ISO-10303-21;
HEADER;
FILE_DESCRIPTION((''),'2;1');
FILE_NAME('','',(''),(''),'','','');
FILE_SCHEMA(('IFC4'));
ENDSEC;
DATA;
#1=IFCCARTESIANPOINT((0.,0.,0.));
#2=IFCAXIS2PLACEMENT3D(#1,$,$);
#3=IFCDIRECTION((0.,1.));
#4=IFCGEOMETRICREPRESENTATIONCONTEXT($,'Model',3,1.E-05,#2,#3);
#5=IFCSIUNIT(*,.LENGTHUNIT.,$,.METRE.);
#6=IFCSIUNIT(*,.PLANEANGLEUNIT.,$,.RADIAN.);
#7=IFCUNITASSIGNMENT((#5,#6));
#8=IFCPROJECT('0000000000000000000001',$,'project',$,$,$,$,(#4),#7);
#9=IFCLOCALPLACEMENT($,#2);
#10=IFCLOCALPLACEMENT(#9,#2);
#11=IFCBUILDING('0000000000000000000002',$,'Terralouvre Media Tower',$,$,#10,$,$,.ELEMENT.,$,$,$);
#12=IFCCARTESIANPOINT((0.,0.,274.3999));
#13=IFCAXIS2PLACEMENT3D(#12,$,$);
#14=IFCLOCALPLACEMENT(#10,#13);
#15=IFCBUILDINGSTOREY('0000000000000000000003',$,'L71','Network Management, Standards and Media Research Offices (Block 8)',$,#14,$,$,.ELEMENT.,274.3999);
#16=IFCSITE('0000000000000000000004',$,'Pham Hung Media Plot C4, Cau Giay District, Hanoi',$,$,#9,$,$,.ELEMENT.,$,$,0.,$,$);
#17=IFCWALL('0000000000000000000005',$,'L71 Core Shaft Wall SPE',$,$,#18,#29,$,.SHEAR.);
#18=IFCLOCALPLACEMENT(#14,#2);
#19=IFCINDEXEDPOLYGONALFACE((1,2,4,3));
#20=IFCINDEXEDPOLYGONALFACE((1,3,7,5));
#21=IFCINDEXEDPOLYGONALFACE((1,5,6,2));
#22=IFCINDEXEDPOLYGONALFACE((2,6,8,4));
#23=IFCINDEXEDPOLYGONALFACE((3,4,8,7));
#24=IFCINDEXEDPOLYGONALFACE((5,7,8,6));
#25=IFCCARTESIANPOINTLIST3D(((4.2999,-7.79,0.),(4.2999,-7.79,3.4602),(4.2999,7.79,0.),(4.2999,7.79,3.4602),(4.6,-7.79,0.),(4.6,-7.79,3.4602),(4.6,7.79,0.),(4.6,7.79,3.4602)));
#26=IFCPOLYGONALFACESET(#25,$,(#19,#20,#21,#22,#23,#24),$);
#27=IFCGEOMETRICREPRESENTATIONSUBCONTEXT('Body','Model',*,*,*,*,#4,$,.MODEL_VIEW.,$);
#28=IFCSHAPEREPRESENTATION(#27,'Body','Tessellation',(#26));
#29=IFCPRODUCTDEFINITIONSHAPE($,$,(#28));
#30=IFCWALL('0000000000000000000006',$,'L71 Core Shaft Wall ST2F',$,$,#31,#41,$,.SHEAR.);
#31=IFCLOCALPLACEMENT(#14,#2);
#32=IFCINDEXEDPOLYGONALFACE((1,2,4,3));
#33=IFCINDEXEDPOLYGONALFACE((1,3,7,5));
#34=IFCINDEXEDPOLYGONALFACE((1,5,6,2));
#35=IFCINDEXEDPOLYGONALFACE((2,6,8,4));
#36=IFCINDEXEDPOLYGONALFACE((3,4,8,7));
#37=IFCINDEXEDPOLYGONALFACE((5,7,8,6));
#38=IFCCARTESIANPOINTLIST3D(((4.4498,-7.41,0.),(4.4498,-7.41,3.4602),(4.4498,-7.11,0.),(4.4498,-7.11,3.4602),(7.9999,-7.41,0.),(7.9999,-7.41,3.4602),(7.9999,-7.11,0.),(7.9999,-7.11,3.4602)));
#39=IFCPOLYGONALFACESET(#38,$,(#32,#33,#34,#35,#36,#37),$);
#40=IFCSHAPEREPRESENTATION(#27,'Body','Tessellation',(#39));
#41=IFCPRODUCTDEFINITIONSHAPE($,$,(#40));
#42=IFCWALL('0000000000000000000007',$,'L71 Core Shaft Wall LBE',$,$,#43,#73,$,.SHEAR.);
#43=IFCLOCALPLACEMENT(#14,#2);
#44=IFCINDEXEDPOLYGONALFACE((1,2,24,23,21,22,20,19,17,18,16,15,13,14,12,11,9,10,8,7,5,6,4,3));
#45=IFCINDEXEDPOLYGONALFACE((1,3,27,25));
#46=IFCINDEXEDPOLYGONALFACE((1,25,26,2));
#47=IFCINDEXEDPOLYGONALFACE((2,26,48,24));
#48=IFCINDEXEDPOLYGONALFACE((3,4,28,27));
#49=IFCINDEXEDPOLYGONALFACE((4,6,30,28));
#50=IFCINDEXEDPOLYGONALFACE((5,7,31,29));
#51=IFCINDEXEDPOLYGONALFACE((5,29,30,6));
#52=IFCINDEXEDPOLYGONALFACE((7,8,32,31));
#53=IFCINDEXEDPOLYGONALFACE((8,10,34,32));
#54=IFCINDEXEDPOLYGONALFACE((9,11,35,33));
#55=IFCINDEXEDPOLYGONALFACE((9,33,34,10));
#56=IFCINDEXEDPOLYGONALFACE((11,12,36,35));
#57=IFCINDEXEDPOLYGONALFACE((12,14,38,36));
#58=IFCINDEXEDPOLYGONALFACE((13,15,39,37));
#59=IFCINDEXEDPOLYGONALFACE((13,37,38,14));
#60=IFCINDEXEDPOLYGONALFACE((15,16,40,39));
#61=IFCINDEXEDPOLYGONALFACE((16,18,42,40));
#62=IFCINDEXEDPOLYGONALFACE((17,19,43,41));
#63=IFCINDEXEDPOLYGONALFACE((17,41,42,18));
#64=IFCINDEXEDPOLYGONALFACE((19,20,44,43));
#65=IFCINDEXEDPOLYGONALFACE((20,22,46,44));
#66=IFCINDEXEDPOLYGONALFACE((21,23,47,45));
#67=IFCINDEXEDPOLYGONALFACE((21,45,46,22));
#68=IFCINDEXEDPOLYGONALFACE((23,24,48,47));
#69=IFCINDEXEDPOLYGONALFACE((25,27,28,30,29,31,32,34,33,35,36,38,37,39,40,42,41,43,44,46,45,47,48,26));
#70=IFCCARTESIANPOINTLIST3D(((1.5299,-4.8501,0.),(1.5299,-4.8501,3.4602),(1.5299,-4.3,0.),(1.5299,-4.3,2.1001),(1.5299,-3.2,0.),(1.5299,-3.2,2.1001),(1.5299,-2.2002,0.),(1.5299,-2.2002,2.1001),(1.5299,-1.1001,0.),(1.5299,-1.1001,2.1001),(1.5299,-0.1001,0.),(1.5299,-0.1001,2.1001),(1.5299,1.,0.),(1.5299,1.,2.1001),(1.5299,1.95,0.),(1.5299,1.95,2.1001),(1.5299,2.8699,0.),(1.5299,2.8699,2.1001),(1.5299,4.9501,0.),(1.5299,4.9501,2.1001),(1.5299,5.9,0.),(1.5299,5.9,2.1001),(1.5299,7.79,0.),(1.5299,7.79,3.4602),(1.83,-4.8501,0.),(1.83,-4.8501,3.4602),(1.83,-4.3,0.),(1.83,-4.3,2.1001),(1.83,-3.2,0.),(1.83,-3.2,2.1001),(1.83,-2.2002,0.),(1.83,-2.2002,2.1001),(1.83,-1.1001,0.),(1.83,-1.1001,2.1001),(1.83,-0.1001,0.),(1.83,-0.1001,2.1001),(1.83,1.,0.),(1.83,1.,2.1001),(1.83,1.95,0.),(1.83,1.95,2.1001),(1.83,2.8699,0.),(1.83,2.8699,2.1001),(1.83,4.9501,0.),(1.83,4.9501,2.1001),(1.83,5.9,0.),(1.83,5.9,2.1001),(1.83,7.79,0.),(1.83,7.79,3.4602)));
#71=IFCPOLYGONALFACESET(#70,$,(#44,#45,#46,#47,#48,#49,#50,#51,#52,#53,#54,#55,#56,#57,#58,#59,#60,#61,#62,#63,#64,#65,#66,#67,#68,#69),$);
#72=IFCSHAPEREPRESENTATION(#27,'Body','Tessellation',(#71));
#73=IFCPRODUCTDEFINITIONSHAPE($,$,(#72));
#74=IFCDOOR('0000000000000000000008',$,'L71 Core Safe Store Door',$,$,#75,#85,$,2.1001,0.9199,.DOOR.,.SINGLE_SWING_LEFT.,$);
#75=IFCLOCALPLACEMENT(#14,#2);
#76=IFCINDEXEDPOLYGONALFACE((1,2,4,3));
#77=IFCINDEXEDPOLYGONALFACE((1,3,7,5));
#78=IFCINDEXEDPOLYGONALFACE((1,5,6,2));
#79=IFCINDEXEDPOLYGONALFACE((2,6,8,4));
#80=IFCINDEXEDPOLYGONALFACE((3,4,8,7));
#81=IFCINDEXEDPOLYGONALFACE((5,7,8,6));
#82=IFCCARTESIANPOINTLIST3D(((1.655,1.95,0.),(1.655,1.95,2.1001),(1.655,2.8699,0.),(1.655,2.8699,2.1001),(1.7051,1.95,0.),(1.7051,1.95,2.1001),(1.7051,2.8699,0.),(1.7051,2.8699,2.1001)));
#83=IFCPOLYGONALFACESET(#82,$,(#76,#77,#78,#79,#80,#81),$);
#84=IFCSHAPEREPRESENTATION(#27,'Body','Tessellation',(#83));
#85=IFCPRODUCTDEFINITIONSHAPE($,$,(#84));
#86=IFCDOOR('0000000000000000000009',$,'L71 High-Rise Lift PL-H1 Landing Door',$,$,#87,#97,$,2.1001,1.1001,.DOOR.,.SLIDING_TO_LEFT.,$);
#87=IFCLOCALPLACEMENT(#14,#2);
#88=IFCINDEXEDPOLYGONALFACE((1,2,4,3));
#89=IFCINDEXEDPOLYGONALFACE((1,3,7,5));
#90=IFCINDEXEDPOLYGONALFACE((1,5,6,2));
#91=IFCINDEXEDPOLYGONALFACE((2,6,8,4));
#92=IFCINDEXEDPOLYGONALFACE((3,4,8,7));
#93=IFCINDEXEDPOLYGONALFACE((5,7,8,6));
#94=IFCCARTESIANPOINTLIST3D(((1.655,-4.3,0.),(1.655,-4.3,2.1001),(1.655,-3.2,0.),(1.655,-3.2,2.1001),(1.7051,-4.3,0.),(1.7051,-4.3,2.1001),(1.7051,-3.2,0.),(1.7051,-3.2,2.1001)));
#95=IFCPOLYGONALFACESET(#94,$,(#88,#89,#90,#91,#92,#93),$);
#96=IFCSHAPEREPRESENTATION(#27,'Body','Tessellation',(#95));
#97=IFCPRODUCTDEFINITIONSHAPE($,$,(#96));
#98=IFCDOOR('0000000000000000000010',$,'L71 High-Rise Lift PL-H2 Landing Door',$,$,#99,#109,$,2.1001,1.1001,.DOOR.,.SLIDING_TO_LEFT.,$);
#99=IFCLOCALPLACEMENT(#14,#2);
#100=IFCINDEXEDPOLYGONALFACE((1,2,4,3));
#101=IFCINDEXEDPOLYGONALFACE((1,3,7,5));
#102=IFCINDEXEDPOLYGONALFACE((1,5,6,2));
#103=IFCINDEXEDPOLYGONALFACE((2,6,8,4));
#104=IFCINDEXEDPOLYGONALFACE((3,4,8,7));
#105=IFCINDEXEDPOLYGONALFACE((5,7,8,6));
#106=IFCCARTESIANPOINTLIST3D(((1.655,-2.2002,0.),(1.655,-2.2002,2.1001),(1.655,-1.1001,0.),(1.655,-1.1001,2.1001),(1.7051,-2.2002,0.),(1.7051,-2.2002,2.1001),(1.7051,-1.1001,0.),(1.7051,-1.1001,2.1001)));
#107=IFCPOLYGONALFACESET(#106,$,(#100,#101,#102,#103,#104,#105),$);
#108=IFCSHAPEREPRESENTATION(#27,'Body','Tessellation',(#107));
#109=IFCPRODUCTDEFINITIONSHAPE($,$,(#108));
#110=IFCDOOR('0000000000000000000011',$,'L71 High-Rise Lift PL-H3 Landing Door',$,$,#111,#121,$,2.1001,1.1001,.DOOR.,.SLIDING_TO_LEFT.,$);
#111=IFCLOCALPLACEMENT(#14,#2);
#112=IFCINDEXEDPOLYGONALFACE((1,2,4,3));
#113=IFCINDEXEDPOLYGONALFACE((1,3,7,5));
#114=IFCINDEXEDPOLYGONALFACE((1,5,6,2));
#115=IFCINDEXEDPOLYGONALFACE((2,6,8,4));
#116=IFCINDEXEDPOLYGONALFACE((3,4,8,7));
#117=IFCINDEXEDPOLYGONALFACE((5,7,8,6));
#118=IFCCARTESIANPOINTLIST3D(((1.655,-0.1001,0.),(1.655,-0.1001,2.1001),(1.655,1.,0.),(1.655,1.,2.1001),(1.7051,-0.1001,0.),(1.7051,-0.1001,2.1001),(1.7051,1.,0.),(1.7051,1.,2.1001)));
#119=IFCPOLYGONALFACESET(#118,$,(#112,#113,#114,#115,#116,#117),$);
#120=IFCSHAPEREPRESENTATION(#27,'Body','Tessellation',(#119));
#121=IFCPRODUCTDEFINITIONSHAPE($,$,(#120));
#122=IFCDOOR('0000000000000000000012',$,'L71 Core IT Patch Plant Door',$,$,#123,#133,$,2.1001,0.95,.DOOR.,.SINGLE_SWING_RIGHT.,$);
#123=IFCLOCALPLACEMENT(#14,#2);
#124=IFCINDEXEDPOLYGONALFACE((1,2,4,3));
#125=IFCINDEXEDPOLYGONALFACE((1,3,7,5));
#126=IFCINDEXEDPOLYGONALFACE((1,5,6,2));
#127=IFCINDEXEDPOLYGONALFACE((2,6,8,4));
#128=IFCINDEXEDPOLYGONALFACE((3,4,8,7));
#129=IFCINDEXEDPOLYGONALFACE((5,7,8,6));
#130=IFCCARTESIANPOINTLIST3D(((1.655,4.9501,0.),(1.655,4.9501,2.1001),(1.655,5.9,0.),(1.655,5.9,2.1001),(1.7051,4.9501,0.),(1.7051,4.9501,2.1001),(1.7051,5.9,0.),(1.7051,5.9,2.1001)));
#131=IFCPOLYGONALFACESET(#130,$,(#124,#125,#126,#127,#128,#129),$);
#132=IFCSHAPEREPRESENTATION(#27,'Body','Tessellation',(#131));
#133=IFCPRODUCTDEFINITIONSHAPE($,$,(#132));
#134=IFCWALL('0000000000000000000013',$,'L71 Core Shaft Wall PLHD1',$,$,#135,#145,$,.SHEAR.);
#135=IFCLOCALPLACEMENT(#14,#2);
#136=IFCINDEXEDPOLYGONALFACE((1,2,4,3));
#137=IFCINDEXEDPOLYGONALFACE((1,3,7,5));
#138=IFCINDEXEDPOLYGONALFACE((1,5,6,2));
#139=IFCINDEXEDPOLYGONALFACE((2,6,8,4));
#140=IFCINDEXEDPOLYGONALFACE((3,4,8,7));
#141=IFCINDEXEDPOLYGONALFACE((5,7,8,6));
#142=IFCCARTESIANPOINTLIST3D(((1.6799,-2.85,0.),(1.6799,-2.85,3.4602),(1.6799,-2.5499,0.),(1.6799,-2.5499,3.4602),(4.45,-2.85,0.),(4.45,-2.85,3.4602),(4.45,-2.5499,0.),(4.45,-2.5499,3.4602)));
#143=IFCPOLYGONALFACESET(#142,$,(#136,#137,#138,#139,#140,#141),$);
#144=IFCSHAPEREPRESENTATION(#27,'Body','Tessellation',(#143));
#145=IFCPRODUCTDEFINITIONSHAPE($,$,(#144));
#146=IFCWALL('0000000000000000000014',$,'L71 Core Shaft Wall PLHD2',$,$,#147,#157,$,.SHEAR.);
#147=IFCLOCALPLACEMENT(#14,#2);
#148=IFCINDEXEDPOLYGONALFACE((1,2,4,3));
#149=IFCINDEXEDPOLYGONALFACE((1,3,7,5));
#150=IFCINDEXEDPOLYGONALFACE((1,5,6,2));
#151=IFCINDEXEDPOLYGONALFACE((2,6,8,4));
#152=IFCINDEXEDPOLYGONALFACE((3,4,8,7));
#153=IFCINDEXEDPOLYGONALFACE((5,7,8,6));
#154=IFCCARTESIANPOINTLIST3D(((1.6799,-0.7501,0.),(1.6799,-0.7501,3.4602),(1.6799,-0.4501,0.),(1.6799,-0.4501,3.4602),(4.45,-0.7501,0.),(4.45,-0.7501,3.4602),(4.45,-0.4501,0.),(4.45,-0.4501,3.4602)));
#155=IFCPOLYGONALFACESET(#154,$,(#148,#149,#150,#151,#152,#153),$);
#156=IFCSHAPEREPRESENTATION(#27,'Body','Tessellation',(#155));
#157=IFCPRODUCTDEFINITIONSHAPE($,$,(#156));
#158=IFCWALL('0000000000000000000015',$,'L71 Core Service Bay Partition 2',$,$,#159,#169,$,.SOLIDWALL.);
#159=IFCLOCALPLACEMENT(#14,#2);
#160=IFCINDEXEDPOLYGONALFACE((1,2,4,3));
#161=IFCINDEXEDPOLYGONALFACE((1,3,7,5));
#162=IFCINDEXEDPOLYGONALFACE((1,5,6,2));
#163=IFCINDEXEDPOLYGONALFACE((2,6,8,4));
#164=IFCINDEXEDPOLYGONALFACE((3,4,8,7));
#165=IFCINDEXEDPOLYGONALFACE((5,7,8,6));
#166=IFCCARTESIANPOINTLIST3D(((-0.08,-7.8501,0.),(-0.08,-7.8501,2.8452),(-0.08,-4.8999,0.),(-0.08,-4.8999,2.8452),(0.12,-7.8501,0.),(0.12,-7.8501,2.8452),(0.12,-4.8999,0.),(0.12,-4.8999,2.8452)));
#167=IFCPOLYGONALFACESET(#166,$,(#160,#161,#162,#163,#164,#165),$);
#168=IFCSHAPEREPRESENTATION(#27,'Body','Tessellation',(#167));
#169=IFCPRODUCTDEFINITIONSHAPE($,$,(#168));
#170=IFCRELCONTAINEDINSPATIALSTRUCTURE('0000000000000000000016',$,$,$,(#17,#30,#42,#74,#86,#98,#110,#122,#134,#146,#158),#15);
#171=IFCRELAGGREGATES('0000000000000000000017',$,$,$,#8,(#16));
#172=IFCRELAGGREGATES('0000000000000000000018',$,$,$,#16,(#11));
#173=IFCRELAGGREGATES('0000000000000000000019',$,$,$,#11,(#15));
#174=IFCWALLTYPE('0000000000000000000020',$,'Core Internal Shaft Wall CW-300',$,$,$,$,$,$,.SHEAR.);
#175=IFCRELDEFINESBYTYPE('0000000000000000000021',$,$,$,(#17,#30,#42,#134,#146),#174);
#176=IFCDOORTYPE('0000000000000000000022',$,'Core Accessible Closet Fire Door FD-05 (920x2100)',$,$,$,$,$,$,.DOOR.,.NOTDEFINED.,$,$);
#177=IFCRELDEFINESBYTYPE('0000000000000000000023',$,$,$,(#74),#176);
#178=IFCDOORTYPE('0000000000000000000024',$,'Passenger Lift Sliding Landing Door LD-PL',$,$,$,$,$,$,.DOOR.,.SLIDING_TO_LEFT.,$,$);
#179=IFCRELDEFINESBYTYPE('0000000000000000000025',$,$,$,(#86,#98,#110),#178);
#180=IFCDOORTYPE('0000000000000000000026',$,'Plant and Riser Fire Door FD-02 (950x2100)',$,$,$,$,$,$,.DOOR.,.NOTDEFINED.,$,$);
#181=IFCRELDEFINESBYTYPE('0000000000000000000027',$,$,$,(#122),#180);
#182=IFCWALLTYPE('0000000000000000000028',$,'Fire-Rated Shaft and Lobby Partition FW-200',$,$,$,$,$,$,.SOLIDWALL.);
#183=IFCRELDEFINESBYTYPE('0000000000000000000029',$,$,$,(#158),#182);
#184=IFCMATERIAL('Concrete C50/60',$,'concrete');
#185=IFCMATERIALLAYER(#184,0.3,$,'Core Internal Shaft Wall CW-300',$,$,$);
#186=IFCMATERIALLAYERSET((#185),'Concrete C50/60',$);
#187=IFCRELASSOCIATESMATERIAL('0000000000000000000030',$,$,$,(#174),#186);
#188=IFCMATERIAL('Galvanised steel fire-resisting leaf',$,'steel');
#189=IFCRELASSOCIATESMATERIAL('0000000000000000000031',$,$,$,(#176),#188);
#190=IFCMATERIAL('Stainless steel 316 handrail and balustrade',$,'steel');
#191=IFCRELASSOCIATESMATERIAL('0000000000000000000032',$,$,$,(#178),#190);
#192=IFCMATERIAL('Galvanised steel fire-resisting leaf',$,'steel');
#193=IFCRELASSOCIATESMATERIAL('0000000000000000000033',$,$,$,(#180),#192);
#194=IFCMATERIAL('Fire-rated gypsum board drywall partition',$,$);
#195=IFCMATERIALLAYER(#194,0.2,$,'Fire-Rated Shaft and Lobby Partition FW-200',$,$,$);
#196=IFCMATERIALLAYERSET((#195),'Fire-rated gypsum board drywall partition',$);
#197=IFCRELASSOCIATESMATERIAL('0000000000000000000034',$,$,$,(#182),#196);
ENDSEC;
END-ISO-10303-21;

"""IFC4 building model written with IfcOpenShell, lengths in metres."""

from ifc_helpers import new_model, si_unit, direction, frame, frame_2d, origin, place, context, subcontext, project, spatial, rectangle, extrude, material, layer, layer_set, type_object, element, fill, save


model = new_model("IFC4")

# Units and contexts
model_context = context("Model", 3, precision=1e-05, world=origin(), true_north=direction((0.0, 1.0)))
body_context = subcontext(model_context, "Body", "Model", "MODEL_VIEW")
ifc_project = project(units=[si_unit("LENGTHUNIT", "METRE"), si_unit("PLANEANGLEUNIT", "RADIAN")], contexts=[model_context])

# Site, building, storey
site_placement = place(None, origin())
site = spatial("IfcSite", under=ifc_project, at=site_placement, Name="Pham Hung Media Plot C4, Cau Giay District, Hanoi", CompositionType="ELEMENT", RefElevation=0.0)
building_placement = place(site_placement, origin())
building = spatial("IfcBuilding", under=site, at=building_placement, Name="Terralouvre Media Tower", CompositionType="ELEMENT")
storey_placement = place(building_placement, frame((0.0, 0.0, 274.3999)))
storey = spatial("IfcBuildingStorey", under=building, at=storey_placement, Name="L71", Description="Network Management, Standards and Media Research Offices (Block 8)", CompositionType="ELEMENT", Elevation=274.3999)

# Wall
ifc_material_1 = material(Name="Concrete C50/60", Category="concrete")
ifc_layer_1 = layer(ifc_material_1, 0.3, Name="Core Internal Shaft Wall CW-300")
ifc_layer_set_1 = layer_set([ifc_layer_1], Name="Concrete C50/60")
wall_type_1 = type_object("IfcWallType", Name="Core Internal Shaft Wall CW-300", PredefinedType="SHEAR", material=ifc_layer_set_1)
wall_1_placement = place(storey_placement, frame((4.45, -7.79, 0.0), z_axis=(0.0, 0.0, 1.0), x_axis=(0.0, 1.0, 0.0)))
element("IfcWall", 1, at=wall_1_placement, inside=storey, type_object=wall_type_1, Name="L71 Core Shaft Wall SPE", PredefinedType="SHEAR", context=body_context, shape_type="SweptSolid", body=[
    extrude(rectangle(XDim=15.5801, YDim=0.3, at=frame_2d((7.79, 0.0))), origin(), (0.0, 0.0, 1.0), 3.4602),
])

# Wall
wall_2_placement = place(storey_placement, frame((4.45, -7.26, 0.0), z_axis=(0.0, 0.0, 1.0), x_axis=(1.0, 0.0, 0.0)))
element("IfcWall", 2, at=wall_2_placement, inside=storey, type_object=wall_type_1, Name="L71 Core Shaft Wall ST2F", PredefinedType="SHEAR", context=body_context, shape_type="SweptSolid", body=[
    extrude(rectangle(XDim=3.55, YDim=0.3, at=frame_2d((1.7749, 0.0))), origin(), (0.0, 0.0, 1.0), 3.4602),
])

# Wall, openings, doors
wall_3_placement = place(storey_placement, frame((1.6799, -4.8501, 0.0), z_axis=(0.0, 0.0, 1.0), x_axis=(0.0, 1.0, 0.0)))
wall_3 = element("IfcWall", 3, at=wall_3_placement, inside=storey, type_object=wall_type_1, Name="L71 Core Shaft Wall LBE", PredefinedType="SHEAR", context=body_context, shape_type="SweptSolid", body=[
    extrude(rectangle(XDim=12.6401, YDim=0.3, at=frame_2d((6.3201, 0.0))), origin(), (0.0, 0.0, 1.0), 3.4602),
])
opening_1_placement = place(wall_3_placement, frame((0.55, 0.0, 0.0)))
opening_1 = element("IfcOpeningElement", 4, at=opening_1_placement, cuts=wall_3, PredefinedType="OPENING", context=body_context, shape_type="SweptSolid", body=[
    extrude(rectangle(XDim=1.1001, YDim=2.1001, at=frame_2d((0.55, 1.05))), frame((0.0, 0.1599, 0.0), z_axis=(0.0, -1.0, 0.0), x_axis=(1.0, 0.0, 0.0)), (0.0, 0.0, 1.0), 0.3201),
])
opening_2_placement = place(wall_3_placement, frame((2.6499, 0.0, 0.0)))
opening_2 = element("IfcOpeningElement", 5, at=opening_2_placement, cuts=wall_3, PredefinedType="OPENING", context=body_context, shape_type="SweptSolid", body=[
    extrude(rectangle(XDim=1.1001, YDim=2.1001, at=frame_2d((0.55, 1.05))), frame((0.0, 0.1599, 0.0), z_axis=(0.0, -1.0, 0.0), x_axis=(1.0, 0.0, 0.0)), (0.0, 0.0, 1.0), 0.3201),
])
opening_3_placement = place(wall_3_placement, frame((4.75, 0.0, 0.0)))
opening_3 = element("IfcOpeningElement", 6, at=opening_3_placement, cuts=wall_3, PredefinedType="OPENING", context=body_context, shape_type="SweptSolid", body=[
    extrude(rectangle(XDim=1.1001, YDim=2.1001, at=frame_2d((0.55, 1.05))), frame((0.0, 0.1599, 0.0), z_axis=(0.0, -1.0, 0.0), x_axis=(1.0, 0.0, 0.0)), (0.0, 0.0, 1.0), 0.3201),
])
opening_4_placement = place(wall_3_placement, frame((6.8, 0.0, 0.0)))
opening_4 = element("IfcOpeningElement", 7, at=opening_4_placement, cuts=wall_3, PredefinedType="OPENING", context=body_context, shape_type="SweptSolid", body=[
    extrude(rectangle(XDim=0.9199, YDim=2.1001, at=frame_2d((0.46, 1.05))), frame((0.0, 0.1599, 0.0), z_axis=(0.0, -1.0, 0.0), x_axis=(1.0, 0.0, 0.0)), (0.0, 0.0, 1.0), 0.3201),
])
opening_5_placement = place(wall_3_placement, frame((9.8, 0.0, 0.0)))
opening_5 = element("IfcOpeningElement", 8, at=opening_5_placement, cuts=wall_3, PredefinedType="OPENING", context=body_context, shape_type="SweptSolid", body=[
    extrude(rectangle(XDim=0.95, YDim=2.1001, at=frame_2d((0.4751, 1.05))), frame((0.0, 0.1599, 0.0), z_axis=(0.0, -1.0, 0.0), x_axis=(1.0, 0.0, 0.0)), (0.0, 0.0, 1.0), 0.3201),
])
ifc_material_2 = material(Name="Galvanised steel fire-resisting leaf", Category="steel")
door_type_1 = type_object("IfcDoorType", Name="Core Accessible Closet Fire Door FD-05 (920x2100)", OperationType="NOTDEFINED", PredefinedType="DOOR", material=ifc_material_2)
door_1_placement = place(opening_4_placement, origin())
door_1 = element("IfcDoor", 9, at=door_1_placement, inside=storey, type_object=door_type_1, Name="L71 Core Safe Store Door", OperationType="SINGLE_SWING_LEFT", OverallHeight=2.1001, OverallWidth=0.9199, PredefinedType="DOOR", context=body_context, shape_type="SweptSolid", body=[
    extrude(rectangle(XDim=0.9199, YDim=2.1001, at=frame_2d((0.46, 1.05))), frame((0.0, 0.0249, 0.0), z_axis=(0.0, -1.0, 0.0), x_axis=(1.0, 0.0, 0.0)), (0.0, 0.0, 1.0), 0.05),
])
fill(opening_4, door_1)
ifc_material_3 = material(Name="Stainless steel 316 handrail and balustrade", Category="steel")
door_type_2 = type_object("IfcDoorType", Name="Passenger Lift Sliding Landing Door LD-PL", OperationType="SLIDING_TO_LEFT", PredefinedType="DOOR", material=ifc_material_3)
door_2_placement = place(opening_1_placement, origin())
door_2 = element("IfcDoor", 10, at=door_2_placement, inside=storey, type_object=door_type_2, Name="L71 High-Rise Lift PL-H1 Landing Door", OperationType="SLIDING_TO_LEFT", OverallHeight=2.1001, OverallWidth=1.1001, PredefinedType="DOOR", context=body_context, shape_type="SweptSolid", body=[
    extrude(rectangle(XDim=1.1001, YDim=2.1001, at=frame_2d((0.55, 1.05))), frame((0.0, 0.0249, 0.0), z_axis=(0.0, -1.0, 0.0), x_axis=(1.0, 0.0, 0.0)), (0.0, 0.0, 1.0), 0.05),
])
fill(opening_1, door_2)
door_3_placement = place(opening_2_placement, origin())
door_3 = element("IfcDoor", 11, at=door_3_placement, inside=storey, type_object=door_type_2, Name="L71 High-Rise Lift PL-H2 Landing Door", OperationType="SLIDING_TO_LEFT", OverallHeight=2.1001, OverallWidth=1.1001, PredefinedType="DOOR", context=body_context, shape_type="SweptSolid", body=[
    extrude(rectangle(XDim=1.1001, YDim=2.1001, at=frame_2d((0.55, 1.05))), frame((0.0, 0.0249, 0.0), z_axis=(0.0, -1.0, 0.0), x_axis=(1.0, 0.0, 0.0)), (0.0, 0.0, 1.0), 0.05),
])
fill(opening_2, door_3)
door_4_placement = place(opening_3_placement, origin())
door_4 = element("IfcDoor", 12, at=door_4_placement, inside=storey, type_object=door_type_2, Name="L71 High-Rise Lift PL-H3 Landing Door", OperationType="SLIDING_TO_LEFT", OverallHeight=2.1001, OverallWidth=1.1001, PredefinedType="DOOR", context=body_context, shape_type="SweptSolid", body=[
    extrude(rectangle(XDim=1.1001, YDim=2.1001, at=frame_2d((0.55, 1.05))), frame((0.0, 0.0249, 0.0), z_axis=(0.0, -1.0, 0.0), x_axis=(1.0, 0.0, 0.0)), (0.0, 0.0, 1.0), 0.05),
])
fill(opening_3, door_4)
ifc_material_4 = material(Name="Galvanised steel fire-resisting leaf", Category="steel")
door_type_3 = type_object("IfcDoorType", Name="Plant and Riser Fire Door FD-02 (950x2100)", OperationType="NOTDEFINED", PredefinedType="DOOR", material=ifc_material_4)
door_5_placement = place(opening_5_placement, origin())
door_5 = element("IfcDoor", 13, at=door_5_placement, inside=storey, type_object=door_type_3, Name="L71 Core IT Patch Plant Door", OperationType="SINGLE_SWING_RIGHT", OverallHeight=2.1001, OverallWidth=0.95, PredefinedType="DOOR", context=body_context, shape_type="SweptSolid", body=[
    extrude(rectangle(XDim=0.95, YDim=2.1001, at=frame_2d((0.4751, 1.05))), frame((0.0, 0.0249, 0.0), z_axis=(0.0, -1.0, 0.0), x_axis=(1.0, 0.0, 0.0)), (0.0, 0.0, 1.0), 0.05),
])
fill(opening_5, door_5)

# Walls
for number, where, z_axis, x_axis, name in (
    (14, (1.6799, -2.7, 0.0), (0.0, 0.0, 1.0), (1.0, 0.0, 0.0), "L71 Core Shaft Wall PLHD1"),
    (15, (1.6799, -0.6001, 0.0), (0.0, 0.0, 1.0), (1.0, 0.0, 0.0), "L71 Core Shaft Wall PLHD2"),
):
    element("IfcWall", number, at=place(storey_placement, frame(where, z_axis=z_axis, x_axis=x_axis)), inside=storey, type_object=wall_type_1, Name=name, PredefinedType="SHEAR", context=body_context, shape_type="SweptSolid", body=[
        extrude(rectangle(XDim=2.77, YDim=0.3, at=frame_2d((1.385, 0.0))), origin(), (0.0, 0.0, 1.0), 3.4602),
    ])
ifc_material_5 = material(Name="Fire-rated gypsum board drywall partition")
ifc_layer_2 = layer(ifc_material_5, 0.2, Name="Fire-Rated Shaft and Lobby Partition FW-200")
ifc_layer_set_2 = layer_set([ifc_layer_2], Name="Fire-rated gypsum board drywall partition")
wall_type_2 = type_object("IfcWallType", Name="Fire-Rated Shaft and Lobby Partition FW-200", PredefinedType="SOLIDWALL", material=ifc_layer_set_2)
for number, where, z_axis, x_axis, name in (
    (16, (0.02, -7.8501, 0.0), (0.0, 0.0, 1.0), (0.0, 1.0, 0.0), "L71 Core Service Bay Partition 2"),
):
    element("IfcWall", number, at=place(storey_placement, frame(where, z_axis=z_axis, x_axis=x_axis)), inside=storey, type_object=wall_type_2, Name=name, PredefinedType="SOLIDWALL", context=body_context, shape_type="SweptSolid", body=[
        extrude(rectangle(XDim=2.9502, YDim=0.2, at=frame_2d((1.4751, 0.0))), origin(), (0.0, 0.0, 1.0), 2.8452),
    ])

save(model, "model.ifc")
